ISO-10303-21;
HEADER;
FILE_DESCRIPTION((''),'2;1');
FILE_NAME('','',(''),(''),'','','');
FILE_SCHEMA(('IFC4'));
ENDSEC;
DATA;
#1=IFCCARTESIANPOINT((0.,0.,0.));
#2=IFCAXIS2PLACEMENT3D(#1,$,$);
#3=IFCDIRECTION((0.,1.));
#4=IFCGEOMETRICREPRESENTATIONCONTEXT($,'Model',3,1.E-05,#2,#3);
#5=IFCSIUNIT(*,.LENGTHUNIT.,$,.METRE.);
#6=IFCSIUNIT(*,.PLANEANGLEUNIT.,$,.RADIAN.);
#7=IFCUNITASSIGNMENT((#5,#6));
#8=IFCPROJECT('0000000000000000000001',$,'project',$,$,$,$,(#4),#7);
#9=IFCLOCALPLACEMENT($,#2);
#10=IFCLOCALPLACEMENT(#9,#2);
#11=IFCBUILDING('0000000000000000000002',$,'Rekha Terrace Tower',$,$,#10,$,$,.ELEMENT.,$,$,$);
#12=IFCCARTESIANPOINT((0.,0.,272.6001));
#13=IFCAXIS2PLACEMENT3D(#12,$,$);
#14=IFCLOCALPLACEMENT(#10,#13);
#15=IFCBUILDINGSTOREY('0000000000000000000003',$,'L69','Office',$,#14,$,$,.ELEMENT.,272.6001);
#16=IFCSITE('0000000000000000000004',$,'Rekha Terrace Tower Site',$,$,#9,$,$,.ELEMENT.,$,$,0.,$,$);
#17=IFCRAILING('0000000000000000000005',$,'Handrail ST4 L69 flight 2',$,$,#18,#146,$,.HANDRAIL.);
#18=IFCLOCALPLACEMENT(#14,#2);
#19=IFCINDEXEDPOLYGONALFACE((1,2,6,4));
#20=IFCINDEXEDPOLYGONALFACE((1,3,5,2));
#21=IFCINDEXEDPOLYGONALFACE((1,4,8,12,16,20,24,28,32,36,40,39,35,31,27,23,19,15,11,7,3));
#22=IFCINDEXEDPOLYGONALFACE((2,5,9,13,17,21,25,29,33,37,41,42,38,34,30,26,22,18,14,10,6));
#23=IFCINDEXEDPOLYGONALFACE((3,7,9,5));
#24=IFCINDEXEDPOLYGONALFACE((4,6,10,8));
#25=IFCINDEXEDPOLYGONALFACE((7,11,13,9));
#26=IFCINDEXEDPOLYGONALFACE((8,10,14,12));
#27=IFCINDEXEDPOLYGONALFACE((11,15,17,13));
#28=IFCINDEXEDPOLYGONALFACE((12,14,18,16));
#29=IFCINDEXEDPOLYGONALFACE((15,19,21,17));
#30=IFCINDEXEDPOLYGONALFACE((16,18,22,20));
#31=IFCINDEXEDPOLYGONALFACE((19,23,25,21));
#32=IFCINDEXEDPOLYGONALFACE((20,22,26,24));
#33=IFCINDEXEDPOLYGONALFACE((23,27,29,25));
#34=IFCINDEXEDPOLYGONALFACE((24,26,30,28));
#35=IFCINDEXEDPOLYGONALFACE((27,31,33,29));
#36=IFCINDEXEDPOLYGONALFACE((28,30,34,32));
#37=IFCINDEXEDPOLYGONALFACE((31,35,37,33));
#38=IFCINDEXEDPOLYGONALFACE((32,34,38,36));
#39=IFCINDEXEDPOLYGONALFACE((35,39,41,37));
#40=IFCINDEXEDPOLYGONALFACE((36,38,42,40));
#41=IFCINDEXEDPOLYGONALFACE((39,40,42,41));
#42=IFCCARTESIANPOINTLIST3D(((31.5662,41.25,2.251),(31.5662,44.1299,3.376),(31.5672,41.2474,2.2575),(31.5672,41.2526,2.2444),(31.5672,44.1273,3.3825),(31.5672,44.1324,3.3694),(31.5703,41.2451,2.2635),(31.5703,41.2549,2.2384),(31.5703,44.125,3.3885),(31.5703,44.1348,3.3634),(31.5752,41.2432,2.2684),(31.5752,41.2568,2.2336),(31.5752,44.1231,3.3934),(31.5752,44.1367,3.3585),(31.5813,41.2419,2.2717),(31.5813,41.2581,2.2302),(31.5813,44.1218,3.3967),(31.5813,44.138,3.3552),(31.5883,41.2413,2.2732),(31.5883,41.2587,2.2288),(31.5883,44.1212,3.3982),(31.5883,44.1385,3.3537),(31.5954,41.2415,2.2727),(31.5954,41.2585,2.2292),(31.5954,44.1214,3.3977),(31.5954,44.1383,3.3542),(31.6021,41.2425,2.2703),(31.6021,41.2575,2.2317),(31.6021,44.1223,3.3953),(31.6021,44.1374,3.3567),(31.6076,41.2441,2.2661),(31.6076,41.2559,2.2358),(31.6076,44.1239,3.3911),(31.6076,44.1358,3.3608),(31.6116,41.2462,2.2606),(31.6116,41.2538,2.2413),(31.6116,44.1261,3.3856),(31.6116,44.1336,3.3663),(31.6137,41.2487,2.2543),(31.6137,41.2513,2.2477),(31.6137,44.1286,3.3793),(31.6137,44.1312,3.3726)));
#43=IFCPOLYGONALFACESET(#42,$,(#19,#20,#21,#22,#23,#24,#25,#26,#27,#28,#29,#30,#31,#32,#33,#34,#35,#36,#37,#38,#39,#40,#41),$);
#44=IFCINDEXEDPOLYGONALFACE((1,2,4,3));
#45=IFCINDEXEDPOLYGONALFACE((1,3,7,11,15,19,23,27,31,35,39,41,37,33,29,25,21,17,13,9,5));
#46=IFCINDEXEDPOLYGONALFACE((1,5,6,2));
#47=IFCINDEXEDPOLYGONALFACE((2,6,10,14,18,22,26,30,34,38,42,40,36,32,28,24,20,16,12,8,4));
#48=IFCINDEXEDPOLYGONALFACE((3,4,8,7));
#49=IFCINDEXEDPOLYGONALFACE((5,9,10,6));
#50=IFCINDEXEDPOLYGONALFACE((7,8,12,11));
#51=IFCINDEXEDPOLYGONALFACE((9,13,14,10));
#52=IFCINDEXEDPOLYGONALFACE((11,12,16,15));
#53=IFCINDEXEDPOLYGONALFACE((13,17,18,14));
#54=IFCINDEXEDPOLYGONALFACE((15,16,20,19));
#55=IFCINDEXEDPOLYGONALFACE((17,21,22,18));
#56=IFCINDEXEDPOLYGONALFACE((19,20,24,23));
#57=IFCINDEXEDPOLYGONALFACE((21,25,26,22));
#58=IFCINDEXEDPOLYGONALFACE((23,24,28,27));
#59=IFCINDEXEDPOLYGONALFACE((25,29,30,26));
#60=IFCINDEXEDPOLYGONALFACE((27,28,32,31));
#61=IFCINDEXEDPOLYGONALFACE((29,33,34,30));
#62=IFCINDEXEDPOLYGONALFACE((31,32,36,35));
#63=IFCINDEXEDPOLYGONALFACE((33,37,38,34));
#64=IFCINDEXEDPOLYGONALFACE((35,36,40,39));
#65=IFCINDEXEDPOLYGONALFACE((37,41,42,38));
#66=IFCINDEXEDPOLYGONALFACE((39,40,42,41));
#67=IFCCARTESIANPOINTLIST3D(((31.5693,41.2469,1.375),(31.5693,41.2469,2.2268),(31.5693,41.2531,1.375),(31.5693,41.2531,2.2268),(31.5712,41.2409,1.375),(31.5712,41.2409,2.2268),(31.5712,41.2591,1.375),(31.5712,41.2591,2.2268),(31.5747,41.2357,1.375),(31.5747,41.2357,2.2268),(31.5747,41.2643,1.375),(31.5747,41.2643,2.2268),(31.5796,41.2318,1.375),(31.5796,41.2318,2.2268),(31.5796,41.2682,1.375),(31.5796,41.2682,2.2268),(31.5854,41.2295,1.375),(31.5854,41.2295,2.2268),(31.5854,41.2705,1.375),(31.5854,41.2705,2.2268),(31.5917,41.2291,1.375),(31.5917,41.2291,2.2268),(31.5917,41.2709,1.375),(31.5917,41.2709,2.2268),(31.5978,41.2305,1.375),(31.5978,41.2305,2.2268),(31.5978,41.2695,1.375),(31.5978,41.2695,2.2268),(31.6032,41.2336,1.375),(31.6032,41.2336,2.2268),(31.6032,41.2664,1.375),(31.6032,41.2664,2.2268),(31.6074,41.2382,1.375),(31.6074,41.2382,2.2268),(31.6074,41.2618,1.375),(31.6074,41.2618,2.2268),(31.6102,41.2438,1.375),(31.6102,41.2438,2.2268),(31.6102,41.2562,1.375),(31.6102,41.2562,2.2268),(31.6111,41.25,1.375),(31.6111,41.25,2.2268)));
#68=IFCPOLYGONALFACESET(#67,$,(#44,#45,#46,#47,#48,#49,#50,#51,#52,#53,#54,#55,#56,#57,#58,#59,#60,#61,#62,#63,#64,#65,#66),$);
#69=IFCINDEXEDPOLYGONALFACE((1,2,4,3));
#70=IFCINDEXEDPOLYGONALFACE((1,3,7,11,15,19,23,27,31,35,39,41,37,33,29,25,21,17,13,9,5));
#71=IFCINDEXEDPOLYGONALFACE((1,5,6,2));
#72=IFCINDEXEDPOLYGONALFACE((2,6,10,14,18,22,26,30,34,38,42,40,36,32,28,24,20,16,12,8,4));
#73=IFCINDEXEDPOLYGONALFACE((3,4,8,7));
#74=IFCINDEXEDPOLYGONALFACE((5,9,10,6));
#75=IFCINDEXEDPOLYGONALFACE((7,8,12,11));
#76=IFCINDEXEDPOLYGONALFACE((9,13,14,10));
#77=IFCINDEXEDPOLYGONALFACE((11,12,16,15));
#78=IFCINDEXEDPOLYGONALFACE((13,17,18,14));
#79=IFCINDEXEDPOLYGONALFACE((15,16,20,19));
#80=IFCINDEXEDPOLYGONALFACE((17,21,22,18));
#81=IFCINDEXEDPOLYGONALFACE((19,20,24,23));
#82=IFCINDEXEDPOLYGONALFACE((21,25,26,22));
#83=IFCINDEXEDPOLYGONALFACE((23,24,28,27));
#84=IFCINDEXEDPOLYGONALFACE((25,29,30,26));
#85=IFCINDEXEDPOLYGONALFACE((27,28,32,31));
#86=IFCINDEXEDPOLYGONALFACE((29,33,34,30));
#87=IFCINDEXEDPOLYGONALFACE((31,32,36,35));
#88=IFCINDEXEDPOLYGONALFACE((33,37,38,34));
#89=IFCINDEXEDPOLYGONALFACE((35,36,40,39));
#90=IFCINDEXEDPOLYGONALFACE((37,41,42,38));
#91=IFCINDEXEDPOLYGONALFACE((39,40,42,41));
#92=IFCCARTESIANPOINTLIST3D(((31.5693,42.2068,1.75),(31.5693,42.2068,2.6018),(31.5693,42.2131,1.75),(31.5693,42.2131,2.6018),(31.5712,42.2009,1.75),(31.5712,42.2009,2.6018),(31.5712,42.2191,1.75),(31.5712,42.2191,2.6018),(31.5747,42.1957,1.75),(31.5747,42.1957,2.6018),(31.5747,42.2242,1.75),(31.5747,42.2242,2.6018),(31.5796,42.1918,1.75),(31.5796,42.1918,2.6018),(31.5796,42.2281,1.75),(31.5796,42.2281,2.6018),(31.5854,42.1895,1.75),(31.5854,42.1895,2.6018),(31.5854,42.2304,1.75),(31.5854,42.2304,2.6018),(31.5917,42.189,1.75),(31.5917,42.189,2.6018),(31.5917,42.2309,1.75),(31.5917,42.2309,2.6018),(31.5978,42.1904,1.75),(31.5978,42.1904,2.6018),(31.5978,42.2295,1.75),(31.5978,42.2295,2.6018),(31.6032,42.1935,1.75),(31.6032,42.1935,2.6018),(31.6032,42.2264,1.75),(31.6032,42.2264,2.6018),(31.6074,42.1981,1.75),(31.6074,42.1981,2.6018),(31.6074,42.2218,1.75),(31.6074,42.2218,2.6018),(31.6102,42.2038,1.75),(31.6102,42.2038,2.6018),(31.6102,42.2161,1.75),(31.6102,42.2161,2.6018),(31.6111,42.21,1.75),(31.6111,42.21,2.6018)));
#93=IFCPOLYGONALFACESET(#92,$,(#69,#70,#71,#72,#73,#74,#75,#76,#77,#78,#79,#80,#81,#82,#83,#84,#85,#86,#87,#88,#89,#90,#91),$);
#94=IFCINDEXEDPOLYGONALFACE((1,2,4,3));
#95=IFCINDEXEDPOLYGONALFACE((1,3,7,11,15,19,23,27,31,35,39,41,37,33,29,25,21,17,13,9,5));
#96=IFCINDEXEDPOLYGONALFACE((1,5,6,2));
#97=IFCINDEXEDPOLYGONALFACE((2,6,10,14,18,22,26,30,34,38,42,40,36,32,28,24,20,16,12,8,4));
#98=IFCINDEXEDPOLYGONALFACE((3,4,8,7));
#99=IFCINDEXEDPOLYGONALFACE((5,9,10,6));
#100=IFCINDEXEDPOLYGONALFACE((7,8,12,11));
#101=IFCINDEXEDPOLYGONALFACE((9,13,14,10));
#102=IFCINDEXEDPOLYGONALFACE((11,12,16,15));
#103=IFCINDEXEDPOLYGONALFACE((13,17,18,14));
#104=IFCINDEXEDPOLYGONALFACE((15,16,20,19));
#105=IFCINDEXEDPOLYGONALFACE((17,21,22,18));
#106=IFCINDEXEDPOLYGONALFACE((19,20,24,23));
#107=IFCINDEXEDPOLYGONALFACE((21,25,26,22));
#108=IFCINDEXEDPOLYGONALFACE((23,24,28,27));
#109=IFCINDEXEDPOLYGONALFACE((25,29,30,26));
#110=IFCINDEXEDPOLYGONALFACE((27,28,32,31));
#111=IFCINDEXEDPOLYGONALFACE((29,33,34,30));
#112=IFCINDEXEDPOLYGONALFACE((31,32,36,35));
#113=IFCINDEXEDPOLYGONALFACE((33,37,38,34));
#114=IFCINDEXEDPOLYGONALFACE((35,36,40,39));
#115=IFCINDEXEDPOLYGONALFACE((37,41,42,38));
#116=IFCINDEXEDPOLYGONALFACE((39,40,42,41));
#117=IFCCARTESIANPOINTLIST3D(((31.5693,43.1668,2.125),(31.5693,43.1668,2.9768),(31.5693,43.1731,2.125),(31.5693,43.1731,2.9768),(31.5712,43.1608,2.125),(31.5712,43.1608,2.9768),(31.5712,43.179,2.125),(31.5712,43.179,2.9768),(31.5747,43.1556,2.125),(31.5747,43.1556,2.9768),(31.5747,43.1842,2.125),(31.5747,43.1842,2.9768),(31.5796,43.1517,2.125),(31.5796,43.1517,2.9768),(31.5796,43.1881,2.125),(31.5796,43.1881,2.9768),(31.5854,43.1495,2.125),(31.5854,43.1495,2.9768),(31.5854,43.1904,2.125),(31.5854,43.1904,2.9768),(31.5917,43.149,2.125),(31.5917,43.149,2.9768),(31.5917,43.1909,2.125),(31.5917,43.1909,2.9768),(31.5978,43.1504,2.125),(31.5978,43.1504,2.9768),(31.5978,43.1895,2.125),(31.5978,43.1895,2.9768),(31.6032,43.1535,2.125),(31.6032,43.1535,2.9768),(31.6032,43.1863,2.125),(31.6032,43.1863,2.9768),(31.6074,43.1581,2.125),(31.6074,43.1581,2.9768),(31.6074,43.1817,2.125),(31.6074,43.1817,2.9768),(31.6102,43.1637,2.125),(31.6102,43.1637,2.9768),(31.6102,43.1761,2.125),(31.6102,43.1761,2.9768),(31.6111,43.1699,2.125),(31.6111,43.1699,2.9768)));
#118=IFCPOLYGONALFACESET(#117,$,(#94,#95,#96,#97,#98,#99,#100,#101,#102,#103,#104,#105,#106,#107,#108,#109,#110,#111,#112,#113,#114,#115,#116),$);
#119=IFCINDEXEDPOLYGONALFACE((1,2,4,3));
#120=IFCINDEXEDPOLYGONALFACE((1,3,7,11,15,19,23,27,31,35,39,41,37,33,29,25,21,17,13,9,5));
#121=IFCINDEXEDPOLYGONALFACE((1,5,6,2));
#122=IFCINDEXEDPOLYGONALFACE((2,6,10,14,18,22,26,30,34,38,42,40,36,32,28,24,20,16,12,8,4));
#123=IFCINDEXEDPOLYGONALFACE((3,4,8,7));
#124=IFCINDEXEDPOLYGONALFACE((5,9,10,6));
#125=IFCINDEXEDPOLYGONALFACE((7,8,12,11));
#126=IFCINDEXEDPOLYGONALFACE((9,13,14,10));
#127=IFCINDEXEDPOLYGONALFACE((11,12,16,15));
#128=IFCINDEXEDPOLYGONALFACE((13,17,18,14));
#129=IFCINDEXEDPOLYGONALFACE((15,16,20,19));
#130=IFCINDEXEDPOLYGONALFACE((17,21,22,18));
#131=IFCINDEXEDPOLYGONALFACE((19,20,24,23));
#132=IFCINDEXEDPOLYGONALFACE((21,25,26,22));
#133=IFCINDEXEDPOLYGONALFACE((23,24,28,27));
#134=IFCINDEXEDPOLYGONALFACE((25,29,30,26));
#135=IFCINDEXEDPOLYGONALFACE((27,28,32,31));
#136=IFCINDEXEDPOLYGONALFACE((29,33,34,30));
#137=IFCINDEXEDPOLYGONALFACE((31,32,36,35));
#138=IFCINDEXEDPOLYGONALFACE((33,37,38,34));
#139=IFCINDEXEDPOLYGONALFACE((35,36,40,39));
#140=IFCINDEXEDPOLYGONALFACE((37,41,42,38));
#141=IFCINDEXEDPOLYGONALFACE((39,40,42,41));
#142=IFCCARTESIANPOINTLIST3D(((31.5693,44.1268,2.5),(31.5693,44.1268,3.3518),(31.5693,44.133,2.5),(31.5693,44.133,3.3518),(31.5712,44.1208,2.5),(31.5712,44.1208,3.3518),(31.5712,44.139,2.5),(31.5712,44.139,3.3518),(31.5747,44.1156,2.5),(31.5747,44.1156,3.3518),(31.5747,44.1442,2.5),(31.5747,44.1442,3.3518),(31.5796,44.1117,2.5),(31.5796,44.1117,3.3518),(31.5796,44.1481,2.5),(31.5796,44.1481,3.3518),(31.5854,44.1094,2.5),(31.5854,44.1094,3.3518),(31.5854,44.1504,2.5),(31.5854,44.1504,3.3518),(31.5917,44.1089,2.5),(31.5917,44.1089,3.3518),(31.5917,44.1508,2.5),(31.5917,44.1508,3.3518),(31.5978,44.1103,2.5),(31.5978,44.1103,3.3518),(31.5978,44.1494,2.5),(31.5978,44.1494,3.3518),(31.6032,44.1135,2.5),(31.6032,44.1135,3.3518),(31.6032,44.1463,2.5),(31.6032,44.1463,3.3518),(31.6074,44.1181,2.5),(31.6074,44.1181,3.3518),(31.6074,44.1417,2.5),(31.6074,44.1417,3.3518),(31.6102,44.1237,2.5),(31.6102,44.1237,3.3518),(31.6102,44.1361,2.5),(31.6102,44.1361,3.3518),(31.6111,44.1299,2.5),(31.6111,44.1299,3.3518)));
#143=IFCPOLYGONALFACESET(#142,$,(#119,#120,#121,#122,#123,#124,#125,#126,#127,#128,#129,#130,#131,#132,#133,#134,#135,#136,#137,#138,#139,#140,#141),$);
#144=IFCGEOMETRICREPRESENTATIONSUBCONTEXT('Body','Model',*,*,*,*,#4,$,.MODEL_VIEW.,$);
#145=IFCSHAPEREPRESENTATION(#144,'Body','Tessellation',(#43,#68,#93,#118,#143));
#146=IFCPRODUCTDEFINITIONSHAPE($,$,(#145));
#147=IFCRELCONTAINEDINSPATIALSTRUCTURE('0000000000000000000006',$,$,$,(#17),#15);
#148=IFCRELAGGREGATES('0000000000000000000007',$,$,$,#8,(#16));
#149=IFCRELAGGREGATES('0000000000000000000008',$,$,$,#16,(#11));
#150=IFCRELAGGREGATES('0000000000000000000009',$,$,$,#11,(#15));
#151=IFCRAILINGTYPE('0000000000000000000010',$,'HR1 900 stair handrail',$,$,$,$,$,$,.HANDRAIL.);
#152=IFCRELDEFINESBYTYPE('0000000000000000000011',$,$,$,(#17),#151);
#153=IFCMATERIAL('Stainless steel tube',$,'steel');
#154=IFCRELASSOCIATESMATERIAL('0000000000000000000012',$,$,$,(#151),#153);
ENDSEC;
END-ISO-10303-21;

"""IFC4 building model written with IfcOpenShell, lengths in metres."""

from ifc_helpers import new_model, si_unit, direction, frame, origin, origin_2d, place, context, subcontext, project, spatial, circle, extrude, material, type_object, element, save


model = new_model("IFC4")

# Units and contexts
model_context = context("Model", 3, precision=1e-05, world=origin(), true_north=direction((0.0, 1.0)))
body_context = subcontext(model_context, "Body", "Model", "MODEL_VIEW")
ifc_project = project(units=[si_unit("LENGTHUNIT", "METRE"), si_unit("PLANEANGLEUNIT", "RADIAN")], contexts=[model_context])

# Site, building, storey
site_placement = place(None, origin())
site = spatial("IfcSite", under=ifc_project, at=site_placement, Name="Rekha Terrace Tower Site", CompositionType="ELEMENT", RefElevation=0.0)
building_placement = place(site_placement, origin())
building = spatial("IfcBuilding", under=site, at=building_placement, Name="Rekha Terrace Tower", CompositionType="ELEMENT")
storey_placement = place(building_placement, frame((0.0, 0.0, 272.6001)))
storey = spatial("IfcBuildingStorey", under=building, at=storey_placement, Name="L69", Description="Office", CompositionType="ELEMENT", Elevation=272.6001)

# Railing
ifc_material_1 = material(Name="Stainless steel tube", Category="steel")
railing_type_1 = type_object("IfcRailingType", Name="HR1 900 stair handrail", PredefinedType="HANDRAIL", material=ifc_material_1)
for number, where, name in (
    (1, (31.5901, 41.25, 1.375), "Handrail ST4 L69 flight 2"),
):
    element("IfcRailing", number, at=place(storey_placement, frame(where)), inside=storey, type_object=railing_type_1, Name=name, PredefinedType="HANDRAIL", context=body_context, shape_type="SweptSolid", body=[
        extrude(circle(Radius=0.0239, at=origin_2d()), frame((0.0, 0.0, 0.876), z_axis=(0.0, 0.931452, 0.363863), x_axis=(-1.0, 0.0, 0.0)), (0.0, 0.0, 1.0), 3.0918),
        extrude(circle(Radius=0.021, at=origin_2d()), origin(), (0.0, 0.0, 1.0), 0.8518),
        extrude(circle(Radius=0.021, at=origin_2d()), frame((0.0, 0.96, 0.375)), (0.0, 0.0, 1.0), 0.8518),
        extrude(circle(Radius=0.021, at=origin_2d()), frame((0.0, 1.9199, 0.75)), (0.0, 0.0, 1.0), 0.8518),
        extrude(circle(Radius=0.021, at=origin_2d()), frame((0.0, 2.8799, 1.125)), (0.0, 0.0, 1.0), 0.8518),
    ])

save(model, "model.ifc")
